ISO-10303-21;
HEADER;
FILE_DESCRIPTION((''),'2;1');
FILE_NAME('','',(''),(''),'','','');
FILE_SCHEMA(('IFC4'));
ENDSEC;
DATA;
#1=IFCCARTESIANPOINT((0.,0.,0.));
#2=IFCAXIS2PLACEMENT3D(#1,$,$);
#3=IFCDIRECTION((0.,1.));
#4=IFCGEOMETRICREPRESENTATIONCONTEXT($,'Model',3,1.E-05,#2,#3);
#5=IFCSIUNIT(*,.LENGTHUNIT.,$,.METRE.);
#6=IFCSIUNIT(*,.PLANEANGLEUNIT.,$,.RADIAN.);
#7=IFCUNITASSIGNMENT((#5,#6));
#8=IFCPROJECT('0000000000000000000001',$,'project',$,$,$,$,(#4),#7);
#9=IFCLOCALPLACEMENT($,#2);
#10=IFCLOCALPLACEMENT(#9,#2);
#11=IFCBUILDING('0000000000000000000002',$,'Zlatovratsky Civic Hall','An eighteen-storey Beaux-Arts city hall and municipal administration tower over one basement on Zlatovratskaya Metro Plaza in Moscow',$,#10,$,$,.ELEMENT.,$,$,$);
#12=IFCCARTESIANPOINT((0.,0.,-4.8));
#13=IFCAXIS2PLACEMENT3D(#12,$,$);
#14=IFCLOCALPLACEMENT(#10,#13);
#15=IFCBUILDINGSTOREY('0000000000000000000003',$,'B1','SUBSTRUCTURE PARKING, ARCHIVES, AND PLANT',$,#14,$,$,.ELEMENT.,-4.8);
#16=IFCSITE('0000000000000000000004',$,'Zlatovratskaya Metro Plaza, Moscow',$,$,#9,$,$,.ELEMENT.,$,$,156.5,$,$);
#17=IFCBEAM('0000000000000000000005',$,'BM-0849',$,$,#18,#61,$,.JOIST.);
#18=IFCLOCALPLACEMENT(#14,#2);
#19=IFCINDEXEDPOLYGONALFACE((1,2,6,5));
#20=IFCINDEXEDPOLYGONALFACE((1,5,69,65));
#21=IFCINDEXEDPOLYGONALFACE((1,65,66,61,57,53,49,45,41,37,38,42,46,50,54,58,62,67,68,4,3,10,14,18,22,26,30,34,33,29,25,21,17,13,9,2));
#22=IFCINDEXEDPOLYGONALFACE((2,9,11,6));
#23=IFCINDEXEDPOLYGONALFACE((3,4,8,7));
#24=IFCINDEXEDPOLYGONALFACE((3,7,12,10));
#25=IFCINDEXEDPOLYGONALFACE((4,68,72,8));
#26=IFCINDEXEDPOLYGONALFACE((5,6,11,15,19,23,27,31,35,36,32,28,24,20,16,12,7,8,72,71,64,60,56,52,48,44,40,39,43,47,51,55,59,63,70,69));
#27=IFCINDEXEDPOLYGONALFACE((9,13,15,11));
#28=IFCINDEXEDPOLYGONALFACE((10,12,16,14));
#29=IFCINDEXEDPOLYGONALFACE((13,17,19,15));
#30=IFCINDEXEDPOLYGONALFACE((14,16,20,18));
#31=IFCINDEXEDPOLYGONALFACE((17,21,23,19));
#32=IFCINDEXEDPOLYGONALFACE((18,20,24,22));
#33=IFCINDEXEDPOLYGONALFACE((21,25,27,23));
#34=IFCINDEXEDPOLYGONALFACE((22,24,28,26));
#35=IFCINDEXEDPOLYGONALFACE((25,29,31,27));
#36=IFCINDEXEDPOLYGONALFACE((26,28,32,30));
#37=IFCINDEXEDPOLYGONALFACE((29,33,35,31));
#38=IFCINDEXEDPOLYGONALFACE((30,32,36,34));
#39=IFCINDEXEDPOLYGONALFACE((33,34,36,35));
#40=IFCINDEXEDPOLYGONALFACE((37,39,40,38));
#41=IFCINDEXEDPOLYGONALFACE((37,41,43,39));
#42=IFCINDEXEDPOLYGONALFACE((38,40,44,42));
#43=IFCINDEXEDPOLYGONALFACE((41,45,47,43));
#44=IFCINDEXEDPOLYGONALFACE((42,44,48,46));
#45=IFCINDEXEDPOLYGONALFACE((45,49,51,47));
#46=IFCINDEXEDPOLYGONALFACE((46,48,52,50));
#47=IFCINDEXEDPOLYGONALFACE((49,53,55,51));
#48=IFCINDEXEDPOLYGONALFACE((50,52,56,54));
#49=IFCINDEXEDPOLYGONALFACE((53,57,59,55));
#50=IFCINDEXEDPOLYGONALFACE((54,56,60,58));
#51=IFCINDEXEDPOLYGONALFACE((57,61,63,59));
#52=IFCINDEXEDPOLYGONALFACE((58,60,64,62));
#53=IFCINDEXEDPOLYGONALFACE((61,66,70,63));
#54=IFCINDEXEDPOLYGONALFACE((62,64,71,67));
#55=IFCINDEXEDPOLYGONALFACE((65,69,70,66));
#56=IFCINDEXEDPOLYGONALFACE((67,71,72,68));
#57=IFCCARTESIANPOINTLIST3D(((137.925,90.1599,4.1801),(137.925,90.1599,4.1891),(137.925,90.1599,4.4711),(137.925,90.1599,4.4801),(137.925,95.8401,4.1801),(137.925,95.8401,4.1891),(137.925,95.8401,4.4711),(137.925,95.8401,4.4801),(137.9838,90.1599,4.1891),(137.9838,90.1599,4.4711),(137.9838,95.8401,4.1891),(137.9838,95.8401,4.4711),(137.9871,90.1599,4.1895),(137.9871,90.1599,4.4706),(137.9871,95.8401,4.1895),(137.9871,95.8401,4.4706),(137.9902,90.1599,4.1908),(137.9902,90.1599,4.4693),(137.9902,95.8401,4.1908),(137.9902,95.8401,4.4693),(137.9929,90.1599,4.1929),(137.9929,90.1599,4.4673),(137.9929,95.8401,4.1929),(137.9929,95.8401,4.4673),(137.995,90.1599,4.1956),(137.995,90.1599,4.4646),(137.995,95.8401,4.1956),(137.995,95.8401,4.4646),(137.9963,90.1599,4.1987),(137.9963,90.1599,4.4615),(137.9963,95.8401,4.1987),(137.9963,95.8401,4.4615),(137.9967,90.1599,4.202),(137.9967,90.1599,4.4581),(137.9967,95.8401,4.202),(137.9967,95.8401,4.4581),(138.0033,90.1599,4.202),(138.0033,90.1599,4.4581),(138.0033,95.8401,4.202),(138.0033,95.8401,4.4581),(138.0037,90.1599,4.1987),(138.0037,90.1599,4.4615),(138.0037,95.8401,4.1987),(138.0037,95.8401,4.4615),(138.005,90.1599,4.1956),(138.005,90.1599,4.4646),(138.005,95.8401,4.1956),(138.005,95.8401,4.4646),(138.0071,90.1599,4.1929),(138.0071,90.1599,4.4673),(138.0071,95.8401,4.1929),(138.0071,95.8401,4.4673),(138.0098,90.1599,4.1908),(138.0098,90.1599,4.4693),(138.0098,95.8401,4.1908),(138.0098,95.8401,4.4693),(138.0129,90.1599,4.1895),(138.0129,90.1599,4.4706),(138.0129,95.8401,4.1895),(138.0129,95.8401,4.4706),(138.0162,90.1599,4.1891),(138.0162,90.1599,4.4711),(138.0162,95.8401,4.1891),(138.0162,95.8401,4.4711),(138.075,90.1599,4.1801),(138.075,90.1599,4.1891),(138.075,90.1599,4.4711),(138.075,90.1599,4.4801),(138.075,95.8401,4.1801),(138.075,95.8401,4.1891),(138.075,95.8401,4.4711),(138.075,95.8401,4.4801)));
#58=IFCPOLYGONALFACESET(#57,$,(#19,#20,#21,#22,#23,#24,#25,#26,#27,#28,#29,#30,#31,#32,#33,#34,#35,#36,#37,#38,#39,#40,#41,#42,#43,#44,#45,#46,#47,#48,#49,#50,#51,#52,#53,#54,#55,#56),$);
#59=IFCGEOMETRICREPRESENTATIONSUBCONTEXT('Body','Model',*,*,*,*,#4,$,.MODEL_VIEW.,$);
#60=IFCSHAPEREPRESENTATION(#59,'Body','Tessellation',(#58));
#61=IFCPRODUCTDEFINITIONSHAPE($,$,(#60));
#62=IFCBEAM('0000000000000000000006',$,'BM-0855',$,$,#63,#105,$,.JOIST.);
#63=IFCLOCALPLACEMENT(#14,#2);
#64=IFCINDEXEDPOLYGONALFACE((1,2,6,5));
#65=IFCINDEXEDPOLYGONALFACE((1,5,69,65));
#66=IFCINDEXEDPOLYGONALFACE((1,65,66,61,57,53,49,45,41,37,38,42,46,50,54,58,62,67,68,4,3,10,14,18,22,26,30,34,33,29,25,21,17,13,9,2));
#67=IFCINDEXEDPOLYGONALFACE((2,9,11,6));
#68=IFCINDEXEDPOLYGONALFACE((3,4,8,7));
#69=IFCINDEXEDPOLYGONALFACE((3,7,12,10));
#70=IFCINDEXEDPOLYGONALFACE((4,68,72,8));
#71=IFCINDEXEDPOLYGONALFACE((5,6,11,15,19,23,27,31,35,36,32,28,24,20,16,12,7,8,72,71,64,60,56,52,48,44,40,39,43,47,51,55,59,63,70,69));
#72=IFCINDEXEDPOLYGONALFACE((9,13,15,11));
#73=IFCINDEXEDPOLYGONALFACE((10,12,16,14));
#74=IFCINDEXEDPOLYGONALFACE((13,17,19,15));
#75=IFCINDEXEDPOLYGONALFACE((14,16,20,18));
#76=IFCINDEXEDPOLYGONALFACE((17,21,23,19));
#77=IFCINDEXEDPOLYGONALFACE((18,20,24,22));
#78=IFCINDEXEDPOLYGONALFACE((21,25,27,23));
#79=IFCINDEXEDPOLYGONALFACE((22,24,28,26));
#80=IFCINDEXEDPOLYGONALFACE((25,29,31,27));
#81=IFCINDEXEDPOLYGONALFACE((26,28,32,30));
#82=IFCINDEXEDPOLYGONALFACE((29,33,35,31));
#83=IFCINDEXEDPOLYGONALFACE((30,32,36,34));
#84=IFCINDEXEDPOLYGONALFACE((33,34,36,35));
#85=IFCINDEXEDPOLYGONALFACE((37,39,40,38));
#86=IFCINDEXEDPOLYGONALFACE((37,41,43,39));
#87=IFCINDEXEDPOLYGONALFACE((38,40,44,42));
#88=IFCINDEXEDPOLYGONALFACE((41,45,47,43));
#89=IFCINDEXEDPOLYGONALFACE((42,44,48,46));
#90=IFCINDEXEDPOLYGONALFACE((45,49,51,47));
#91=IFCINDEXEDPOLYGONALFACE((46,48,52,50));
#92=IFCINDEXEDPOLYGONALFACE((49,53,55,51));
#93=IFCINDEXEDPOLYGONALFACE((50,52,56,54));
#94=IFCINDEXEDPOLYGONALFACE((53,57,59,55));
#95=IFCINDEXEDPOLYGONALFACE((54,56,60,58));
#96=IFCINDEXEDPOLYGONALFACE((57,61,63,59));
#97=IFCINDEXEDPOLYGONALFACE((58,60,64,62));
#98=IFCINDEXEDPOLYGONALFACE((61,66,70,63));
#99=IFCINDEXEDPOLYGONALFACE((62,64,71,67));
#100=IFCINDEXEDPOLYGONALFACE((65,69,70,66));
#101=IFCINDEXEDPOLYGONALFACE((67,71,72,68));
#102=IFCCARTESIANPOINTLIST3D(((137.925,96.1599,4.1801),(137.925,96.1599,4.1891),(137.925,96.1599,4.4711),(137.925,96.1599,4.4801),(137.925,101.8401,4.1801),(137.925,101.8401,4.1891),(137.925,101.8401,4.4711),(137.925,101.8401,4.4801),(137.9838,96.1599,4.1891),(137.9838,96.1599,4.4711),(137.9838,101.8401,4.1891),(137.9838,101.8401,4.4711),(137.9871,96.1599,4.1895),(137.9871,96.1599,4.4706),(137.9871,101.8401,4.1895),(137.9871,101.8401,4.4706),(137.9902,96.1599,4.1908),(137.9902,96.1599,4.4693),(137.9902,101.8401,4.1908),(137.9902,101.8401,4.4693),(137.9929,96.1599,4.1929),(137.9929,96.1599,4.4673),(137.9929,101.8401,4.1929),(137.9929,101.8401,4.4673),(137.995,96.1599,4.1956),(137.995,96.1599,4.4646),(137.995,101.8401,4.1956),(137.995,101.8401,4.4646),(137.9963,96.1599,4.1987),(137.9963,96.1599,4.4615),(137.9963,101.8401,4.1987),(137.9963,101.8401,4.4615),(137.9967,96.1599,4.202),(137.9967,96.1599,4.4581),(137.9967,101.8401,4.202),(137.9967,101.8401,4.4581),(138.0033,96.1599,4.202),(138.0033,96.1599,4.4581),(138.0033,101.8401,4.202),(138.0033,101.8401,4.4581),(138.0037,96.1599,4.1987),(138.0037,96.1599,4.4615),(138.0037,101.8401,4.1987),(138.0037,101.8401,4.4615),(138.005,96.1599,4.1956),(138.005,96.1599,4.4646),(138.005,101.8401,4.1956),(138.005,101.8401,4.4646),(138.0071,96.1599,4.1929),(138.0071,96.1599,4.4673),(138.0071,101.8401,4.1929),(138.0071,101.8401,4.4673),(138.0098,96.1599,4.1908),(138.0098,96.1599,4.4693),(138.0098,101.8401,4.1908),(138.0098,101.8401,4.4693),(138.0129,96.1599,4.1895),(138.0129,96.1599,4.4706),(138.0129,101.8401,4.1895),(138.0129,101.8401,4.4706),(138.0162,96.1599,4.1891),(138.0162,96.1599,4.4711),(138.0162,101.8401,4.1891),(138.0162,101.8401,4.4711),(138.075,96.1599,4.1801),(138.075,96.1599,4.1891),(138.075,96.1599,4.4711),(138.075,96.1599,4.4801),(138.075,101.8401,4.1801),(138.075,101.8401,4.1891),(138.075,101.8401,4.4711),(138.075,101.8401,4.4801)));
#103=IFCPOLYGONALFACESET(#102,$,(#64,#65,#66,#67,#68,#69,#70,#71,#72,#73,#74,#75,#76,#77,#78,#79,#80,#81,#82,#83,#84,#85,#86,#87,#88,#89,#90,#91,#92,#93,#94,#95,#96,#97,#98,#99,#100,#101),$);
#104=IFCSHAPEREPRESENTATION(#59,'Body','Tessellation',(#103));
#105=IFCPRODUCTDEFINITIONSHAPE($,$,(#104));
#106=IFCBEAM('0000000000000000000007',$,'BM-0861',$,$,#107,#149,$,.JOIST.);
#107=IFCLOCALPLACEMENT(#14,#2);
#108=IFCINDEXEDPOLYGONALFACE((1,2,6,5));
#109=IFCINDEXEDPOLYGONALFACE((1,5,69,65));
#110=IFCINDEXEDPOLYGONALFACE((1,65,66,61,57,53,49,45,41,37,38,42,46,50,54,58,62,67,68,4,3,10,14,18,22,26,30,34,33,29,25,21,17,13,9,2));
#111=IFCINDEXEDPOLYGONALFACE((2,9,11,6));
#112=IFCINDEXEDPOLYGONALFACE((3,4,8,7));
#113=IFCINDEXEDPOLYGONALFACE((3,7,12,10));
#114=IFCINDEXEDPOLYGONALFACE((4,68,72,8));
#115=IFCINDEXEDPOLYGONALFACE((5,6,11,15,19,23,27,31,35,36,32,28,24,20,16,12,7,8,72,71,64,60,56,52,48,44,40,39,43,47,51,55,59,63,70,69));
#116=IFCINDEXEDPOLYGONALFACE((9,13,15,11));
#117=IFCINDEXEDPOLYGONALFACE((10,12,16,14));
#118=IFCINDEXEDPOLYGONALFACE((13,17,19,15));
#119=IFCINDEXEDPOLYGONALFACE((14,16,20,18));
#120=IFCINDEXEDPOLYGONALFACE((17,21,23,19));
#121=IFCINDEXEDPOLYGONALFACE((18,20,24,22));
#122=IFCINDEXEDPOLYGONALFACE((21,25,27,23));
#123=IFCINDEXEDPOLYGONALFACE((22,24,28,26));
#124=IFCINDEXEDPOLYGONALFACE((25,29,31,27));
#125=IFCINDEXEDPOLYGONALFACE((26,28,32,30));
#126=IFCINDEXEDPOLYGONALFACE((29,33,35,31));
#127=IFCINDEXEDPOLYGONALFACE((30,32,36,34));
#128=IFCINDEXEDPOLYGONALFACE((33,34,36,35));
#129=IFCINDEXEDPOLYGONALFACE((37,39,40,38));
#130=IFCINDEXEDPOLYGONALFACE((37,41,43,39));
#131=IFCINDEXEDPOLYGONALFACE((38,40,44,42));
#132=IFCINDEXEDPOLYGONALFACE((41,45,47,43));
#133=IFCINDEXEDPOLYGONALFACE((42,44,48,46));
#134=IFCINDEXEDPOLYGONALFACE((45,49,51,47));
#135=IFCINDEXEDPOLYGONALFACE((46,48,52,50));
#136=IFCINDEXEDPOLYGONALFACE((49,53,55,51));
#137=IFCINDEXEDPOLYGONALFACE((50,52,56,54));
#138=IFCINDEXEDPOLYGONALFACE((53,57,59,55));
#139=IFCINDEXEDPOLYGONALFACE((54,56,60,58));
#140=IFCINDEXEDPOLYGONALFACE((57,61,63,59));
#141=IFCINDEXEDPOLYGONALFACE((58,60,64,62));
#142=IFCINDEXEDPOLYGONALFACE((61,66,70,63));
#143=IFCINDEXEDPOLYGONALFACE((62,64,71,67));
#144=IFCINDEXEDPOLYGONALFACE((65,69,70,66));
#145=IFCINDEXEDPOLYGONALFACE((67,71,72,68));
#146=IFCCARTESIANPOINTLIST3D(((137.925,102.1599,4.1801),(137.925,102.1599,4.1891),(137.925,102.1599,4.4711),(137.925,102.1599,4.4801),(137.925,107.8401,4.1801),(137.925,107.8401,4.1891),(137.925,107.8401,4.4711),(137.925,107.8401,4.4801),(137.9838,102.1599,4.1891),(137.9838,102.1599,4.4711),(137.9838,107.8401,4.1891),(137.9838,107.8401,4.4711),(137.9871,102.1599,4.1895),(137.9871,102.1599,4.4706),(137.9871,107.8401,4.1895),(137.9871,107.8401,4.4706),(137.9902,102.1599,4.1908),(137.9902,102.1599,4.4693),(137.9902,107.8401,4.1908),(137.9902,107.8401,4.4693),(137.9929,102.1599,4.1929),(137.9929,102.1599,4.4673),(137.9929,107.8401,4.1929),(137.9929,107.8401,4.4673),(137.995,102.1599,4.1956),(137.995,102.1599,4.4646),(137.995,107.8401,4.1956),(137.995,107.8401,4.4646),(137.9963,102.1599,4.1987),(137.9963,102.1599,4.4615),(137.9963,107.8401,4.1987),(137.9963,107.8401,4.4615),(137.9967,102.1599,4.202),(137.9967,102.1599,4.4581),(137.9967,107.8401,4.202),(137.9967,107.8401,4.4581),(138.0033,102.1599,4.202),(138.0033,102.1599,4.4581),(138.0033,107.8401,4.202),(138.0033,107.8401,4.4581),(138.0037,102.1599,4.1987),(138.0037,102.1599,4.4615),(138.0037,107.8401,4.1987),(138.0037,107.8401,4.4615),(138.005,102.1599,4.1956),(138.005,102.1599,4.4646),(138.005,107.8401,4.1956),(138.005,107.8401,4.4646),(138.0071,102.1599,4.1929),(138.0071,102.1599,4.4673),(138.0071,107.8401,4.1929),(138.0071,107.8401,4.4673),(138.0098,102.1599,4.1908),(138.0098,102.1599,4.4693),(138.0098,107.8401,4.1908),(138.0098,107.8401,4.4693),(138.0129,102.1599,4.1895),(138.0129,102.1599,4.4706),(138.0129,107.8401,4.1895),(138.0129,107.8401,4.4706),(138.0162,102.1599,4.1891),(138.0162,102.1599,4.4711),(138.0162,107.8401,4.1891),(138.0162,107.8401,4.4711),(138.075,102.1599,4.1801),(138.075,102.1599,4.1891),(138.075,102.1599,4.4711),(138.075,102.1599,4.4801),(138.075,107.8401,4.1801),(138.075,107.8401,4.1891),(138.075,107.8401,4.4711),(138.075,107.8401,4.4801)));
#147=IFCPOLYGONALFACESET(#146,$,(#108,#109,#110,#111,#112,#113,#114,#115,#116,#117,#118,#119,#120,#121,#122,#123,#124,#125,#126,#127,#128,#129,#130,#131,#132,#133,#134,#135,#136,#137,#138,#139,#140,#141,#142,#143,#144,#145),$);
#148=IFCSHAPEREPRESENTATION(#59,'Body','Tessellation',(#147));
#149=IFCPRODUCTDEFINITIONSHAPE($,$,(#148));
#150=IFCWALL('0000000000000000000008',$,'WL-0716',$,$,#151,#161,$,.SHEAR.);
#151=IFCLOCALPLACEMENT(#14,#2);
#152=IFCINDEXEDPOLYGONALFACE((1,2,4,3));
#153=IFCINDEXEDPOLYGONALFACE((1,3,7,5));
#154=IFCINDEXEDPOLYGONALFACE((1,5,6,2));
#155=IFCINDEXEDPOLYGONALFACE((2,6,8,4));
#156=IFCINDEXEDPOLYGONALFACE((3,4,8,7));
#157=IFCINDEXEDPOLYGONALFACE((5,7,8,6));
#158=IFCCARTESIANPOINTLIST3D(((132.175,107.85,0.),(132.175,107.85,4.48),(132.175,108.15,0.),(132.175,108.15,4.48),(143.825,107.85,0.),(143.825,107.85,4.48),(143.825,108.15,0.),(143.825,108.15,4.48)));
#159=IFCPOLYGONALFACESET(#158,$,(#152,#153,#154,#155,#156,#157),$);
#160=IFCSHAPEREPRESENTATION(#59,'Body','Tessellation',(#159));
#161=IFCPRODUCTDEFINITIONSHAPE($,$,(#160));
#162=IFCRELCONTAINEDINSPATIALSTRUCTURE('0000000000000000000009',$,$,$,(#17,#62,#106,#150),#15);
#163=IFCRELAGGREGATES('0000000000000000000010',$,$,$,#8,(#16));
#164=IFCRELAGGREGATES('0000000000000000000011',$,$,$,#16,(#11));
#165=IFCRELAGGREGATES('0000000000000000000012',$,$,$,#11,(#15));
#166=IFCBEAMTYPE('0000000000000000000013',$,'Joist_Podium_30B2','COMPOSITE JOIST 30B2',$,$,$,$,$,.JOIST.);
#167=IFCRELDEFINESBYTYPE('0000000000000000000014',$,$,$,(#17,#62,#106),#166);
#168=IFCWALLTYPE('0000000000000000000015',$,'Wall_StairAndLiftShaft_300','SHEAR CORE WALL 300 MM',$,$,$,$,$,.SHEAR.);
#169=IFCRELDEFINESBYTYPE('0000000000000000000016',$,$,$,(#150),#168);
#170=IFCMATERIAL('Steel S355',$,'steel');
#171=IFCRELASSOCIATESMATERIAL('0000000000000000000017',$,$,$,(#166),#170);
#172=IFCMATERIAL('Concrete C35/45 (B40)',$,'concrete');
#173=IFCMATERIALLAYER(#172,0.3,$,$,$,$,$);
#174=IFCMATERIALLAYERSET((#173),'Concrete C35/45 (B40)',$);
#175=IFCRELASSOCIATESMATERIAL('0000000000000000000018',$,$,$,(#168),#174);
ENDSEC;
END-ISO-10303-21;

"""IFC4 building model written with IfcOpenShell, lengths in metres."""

from ifc_helpers import new_model, si_unit, direction, frame, frame_2d, origin, origin_2d, place, context, subcontext, project, spatial, rectangle, i_section, extrude, material, layer, layer_set, material_profile, profile_set, type_object, element, save


model = new_model("IFC4")

# Units and contexts
model_context = context("Model", 3, precision=1e-05, world=origin(), true_north=direction((0.0, 1.0)))
body_context = subcontext(model_context, "Body", "Model", "MODEL_VIEW")
ifc_project = project(units=[si_unit("LENGTHUNIT", "METRE"), si_unit("PLANEANGLEUNIT", "RADIAN")], contexts=[model_context])

# Site, building, storey
site_placement = place(None, origin())
site = spatial("IfcSite", under=ifc_project, at=site_placement, Name="Zlatovratskaya Metro Plaza, Moscow", CompositionType="ELEMENT", RefElevation=156.5)
building_placement = place(site_placement, origin())
building = spatial("IfcBuilding", under=site, at=building_placement, Name="Zlatovratsky Civic Hall", Description="An eighteen-storey Beaux-Arts city hall and municipal administration tower over one basement on Zlatovratskaya Metro Plaza in Moscow", CompositionType="ELEMENT")
storey_placement = place(building_placement, frame((0.0, 0.0, -4.8)))
storey = spatial("IfcBuildingStorey", under=building, at=storey_placement, Name="B1", Description="SUBSTRUCTURE PARKING, ARCHIVES, AND PLANT", CompositionType="ELEMENT", Elevation=-4.8)

# Shared definitions
ifc_material_1 = material(Name="Steel S355", Category="steel")

# Beams
ifc_material_profile_1 = material_profile(ifc_material_1, i_section(OverallWidth=0.1499, OverallDepth=0.3, WebThickness=0.0066, FlangeThickness=0.009, FilletRadius=0.0129, at=origin_2d()), Name="30B2")
ifc_profile_set_1 = profile_set([ifc_material_profile_1], Name="Steel S355")
beam_type_1 = type_object("IfcBeamType", Name="Joist_Podium_30B2", Description="COMPOSITE JOIST 30B2", PredefinedType="JOIST", material=ifc_profile_set_1)
for number, where, z_axis, x_axis, name in (
    (1, (138.0, 90.1599, 4.3301), (0.0, 1.0, 0.0), (-1.0, 0.0, 0.0), "BM-0849"),
    (2, (138.0, 96.1599, 4.3301), (0.0, 1.0, 0.0), (-1.0, 0.0, 0.0), "BM-0855"),
    (3, (138.0, 102.1599, 4.3301), (0.0, 1.0, 0.0), (-1.0, 0.0, 0.0), "BM-0861"),
):
    element("IfcBeam", number, at=place(storey_placement, frame(where, z_axis=z_axis, x_axis=x_axis)), inside=storey, type_object=beam_type_1, Name=name, PredefinedType="JOIST", context=body_context, shape_type="SweptSolid", body=[
        extrude(i_section(OverallWidth=0.1499, OverallDepth=0.3, WebThickness=0.0066, FlangeThickness=0.009, FilletRadius=0.0129, at=origin_2d()), origin(), (0.0, 0.0, 1.0), 5.6802),
    ])

# Wall
ifc_material_2 = material(Name="Concrete C35/45 (B40)", Category="concrete")
ifc_layer = layer(ifc_material_2, 0.3)
ifc_layer_set = layer_set([ifc_layer], Name="Concrete C35/45 (B40)")
wall_type = type_object("IfcWallType", Name="Wall_StairAndLiftShaft_300", Description="SHEAR CORE WALL 300 MM", PredefinedType="SHEAR", material=ifc_layer_set)
wall_placement = place(storey_placement, frame((132.175, 108.0, 0.0), z_axis=(0.0, 0.0, 1.0), x_axis=(1.0, 0.0, 0.0)))
element("IfcWall", 4, at=wall_placement, inside=storey, type_object=wall_type, Name="WL-0716", PredefinedType="SHEAR", context=body_context, shape_type="SweptSolid", body=[
    extrude(rectangle(XDim=11.6499, YDim=0.3, at=frame_2d((5.825, 0.0))), origin(), (0.0, 0.0, 1.0), 4.48),
])

save(model, "model.ifc")
